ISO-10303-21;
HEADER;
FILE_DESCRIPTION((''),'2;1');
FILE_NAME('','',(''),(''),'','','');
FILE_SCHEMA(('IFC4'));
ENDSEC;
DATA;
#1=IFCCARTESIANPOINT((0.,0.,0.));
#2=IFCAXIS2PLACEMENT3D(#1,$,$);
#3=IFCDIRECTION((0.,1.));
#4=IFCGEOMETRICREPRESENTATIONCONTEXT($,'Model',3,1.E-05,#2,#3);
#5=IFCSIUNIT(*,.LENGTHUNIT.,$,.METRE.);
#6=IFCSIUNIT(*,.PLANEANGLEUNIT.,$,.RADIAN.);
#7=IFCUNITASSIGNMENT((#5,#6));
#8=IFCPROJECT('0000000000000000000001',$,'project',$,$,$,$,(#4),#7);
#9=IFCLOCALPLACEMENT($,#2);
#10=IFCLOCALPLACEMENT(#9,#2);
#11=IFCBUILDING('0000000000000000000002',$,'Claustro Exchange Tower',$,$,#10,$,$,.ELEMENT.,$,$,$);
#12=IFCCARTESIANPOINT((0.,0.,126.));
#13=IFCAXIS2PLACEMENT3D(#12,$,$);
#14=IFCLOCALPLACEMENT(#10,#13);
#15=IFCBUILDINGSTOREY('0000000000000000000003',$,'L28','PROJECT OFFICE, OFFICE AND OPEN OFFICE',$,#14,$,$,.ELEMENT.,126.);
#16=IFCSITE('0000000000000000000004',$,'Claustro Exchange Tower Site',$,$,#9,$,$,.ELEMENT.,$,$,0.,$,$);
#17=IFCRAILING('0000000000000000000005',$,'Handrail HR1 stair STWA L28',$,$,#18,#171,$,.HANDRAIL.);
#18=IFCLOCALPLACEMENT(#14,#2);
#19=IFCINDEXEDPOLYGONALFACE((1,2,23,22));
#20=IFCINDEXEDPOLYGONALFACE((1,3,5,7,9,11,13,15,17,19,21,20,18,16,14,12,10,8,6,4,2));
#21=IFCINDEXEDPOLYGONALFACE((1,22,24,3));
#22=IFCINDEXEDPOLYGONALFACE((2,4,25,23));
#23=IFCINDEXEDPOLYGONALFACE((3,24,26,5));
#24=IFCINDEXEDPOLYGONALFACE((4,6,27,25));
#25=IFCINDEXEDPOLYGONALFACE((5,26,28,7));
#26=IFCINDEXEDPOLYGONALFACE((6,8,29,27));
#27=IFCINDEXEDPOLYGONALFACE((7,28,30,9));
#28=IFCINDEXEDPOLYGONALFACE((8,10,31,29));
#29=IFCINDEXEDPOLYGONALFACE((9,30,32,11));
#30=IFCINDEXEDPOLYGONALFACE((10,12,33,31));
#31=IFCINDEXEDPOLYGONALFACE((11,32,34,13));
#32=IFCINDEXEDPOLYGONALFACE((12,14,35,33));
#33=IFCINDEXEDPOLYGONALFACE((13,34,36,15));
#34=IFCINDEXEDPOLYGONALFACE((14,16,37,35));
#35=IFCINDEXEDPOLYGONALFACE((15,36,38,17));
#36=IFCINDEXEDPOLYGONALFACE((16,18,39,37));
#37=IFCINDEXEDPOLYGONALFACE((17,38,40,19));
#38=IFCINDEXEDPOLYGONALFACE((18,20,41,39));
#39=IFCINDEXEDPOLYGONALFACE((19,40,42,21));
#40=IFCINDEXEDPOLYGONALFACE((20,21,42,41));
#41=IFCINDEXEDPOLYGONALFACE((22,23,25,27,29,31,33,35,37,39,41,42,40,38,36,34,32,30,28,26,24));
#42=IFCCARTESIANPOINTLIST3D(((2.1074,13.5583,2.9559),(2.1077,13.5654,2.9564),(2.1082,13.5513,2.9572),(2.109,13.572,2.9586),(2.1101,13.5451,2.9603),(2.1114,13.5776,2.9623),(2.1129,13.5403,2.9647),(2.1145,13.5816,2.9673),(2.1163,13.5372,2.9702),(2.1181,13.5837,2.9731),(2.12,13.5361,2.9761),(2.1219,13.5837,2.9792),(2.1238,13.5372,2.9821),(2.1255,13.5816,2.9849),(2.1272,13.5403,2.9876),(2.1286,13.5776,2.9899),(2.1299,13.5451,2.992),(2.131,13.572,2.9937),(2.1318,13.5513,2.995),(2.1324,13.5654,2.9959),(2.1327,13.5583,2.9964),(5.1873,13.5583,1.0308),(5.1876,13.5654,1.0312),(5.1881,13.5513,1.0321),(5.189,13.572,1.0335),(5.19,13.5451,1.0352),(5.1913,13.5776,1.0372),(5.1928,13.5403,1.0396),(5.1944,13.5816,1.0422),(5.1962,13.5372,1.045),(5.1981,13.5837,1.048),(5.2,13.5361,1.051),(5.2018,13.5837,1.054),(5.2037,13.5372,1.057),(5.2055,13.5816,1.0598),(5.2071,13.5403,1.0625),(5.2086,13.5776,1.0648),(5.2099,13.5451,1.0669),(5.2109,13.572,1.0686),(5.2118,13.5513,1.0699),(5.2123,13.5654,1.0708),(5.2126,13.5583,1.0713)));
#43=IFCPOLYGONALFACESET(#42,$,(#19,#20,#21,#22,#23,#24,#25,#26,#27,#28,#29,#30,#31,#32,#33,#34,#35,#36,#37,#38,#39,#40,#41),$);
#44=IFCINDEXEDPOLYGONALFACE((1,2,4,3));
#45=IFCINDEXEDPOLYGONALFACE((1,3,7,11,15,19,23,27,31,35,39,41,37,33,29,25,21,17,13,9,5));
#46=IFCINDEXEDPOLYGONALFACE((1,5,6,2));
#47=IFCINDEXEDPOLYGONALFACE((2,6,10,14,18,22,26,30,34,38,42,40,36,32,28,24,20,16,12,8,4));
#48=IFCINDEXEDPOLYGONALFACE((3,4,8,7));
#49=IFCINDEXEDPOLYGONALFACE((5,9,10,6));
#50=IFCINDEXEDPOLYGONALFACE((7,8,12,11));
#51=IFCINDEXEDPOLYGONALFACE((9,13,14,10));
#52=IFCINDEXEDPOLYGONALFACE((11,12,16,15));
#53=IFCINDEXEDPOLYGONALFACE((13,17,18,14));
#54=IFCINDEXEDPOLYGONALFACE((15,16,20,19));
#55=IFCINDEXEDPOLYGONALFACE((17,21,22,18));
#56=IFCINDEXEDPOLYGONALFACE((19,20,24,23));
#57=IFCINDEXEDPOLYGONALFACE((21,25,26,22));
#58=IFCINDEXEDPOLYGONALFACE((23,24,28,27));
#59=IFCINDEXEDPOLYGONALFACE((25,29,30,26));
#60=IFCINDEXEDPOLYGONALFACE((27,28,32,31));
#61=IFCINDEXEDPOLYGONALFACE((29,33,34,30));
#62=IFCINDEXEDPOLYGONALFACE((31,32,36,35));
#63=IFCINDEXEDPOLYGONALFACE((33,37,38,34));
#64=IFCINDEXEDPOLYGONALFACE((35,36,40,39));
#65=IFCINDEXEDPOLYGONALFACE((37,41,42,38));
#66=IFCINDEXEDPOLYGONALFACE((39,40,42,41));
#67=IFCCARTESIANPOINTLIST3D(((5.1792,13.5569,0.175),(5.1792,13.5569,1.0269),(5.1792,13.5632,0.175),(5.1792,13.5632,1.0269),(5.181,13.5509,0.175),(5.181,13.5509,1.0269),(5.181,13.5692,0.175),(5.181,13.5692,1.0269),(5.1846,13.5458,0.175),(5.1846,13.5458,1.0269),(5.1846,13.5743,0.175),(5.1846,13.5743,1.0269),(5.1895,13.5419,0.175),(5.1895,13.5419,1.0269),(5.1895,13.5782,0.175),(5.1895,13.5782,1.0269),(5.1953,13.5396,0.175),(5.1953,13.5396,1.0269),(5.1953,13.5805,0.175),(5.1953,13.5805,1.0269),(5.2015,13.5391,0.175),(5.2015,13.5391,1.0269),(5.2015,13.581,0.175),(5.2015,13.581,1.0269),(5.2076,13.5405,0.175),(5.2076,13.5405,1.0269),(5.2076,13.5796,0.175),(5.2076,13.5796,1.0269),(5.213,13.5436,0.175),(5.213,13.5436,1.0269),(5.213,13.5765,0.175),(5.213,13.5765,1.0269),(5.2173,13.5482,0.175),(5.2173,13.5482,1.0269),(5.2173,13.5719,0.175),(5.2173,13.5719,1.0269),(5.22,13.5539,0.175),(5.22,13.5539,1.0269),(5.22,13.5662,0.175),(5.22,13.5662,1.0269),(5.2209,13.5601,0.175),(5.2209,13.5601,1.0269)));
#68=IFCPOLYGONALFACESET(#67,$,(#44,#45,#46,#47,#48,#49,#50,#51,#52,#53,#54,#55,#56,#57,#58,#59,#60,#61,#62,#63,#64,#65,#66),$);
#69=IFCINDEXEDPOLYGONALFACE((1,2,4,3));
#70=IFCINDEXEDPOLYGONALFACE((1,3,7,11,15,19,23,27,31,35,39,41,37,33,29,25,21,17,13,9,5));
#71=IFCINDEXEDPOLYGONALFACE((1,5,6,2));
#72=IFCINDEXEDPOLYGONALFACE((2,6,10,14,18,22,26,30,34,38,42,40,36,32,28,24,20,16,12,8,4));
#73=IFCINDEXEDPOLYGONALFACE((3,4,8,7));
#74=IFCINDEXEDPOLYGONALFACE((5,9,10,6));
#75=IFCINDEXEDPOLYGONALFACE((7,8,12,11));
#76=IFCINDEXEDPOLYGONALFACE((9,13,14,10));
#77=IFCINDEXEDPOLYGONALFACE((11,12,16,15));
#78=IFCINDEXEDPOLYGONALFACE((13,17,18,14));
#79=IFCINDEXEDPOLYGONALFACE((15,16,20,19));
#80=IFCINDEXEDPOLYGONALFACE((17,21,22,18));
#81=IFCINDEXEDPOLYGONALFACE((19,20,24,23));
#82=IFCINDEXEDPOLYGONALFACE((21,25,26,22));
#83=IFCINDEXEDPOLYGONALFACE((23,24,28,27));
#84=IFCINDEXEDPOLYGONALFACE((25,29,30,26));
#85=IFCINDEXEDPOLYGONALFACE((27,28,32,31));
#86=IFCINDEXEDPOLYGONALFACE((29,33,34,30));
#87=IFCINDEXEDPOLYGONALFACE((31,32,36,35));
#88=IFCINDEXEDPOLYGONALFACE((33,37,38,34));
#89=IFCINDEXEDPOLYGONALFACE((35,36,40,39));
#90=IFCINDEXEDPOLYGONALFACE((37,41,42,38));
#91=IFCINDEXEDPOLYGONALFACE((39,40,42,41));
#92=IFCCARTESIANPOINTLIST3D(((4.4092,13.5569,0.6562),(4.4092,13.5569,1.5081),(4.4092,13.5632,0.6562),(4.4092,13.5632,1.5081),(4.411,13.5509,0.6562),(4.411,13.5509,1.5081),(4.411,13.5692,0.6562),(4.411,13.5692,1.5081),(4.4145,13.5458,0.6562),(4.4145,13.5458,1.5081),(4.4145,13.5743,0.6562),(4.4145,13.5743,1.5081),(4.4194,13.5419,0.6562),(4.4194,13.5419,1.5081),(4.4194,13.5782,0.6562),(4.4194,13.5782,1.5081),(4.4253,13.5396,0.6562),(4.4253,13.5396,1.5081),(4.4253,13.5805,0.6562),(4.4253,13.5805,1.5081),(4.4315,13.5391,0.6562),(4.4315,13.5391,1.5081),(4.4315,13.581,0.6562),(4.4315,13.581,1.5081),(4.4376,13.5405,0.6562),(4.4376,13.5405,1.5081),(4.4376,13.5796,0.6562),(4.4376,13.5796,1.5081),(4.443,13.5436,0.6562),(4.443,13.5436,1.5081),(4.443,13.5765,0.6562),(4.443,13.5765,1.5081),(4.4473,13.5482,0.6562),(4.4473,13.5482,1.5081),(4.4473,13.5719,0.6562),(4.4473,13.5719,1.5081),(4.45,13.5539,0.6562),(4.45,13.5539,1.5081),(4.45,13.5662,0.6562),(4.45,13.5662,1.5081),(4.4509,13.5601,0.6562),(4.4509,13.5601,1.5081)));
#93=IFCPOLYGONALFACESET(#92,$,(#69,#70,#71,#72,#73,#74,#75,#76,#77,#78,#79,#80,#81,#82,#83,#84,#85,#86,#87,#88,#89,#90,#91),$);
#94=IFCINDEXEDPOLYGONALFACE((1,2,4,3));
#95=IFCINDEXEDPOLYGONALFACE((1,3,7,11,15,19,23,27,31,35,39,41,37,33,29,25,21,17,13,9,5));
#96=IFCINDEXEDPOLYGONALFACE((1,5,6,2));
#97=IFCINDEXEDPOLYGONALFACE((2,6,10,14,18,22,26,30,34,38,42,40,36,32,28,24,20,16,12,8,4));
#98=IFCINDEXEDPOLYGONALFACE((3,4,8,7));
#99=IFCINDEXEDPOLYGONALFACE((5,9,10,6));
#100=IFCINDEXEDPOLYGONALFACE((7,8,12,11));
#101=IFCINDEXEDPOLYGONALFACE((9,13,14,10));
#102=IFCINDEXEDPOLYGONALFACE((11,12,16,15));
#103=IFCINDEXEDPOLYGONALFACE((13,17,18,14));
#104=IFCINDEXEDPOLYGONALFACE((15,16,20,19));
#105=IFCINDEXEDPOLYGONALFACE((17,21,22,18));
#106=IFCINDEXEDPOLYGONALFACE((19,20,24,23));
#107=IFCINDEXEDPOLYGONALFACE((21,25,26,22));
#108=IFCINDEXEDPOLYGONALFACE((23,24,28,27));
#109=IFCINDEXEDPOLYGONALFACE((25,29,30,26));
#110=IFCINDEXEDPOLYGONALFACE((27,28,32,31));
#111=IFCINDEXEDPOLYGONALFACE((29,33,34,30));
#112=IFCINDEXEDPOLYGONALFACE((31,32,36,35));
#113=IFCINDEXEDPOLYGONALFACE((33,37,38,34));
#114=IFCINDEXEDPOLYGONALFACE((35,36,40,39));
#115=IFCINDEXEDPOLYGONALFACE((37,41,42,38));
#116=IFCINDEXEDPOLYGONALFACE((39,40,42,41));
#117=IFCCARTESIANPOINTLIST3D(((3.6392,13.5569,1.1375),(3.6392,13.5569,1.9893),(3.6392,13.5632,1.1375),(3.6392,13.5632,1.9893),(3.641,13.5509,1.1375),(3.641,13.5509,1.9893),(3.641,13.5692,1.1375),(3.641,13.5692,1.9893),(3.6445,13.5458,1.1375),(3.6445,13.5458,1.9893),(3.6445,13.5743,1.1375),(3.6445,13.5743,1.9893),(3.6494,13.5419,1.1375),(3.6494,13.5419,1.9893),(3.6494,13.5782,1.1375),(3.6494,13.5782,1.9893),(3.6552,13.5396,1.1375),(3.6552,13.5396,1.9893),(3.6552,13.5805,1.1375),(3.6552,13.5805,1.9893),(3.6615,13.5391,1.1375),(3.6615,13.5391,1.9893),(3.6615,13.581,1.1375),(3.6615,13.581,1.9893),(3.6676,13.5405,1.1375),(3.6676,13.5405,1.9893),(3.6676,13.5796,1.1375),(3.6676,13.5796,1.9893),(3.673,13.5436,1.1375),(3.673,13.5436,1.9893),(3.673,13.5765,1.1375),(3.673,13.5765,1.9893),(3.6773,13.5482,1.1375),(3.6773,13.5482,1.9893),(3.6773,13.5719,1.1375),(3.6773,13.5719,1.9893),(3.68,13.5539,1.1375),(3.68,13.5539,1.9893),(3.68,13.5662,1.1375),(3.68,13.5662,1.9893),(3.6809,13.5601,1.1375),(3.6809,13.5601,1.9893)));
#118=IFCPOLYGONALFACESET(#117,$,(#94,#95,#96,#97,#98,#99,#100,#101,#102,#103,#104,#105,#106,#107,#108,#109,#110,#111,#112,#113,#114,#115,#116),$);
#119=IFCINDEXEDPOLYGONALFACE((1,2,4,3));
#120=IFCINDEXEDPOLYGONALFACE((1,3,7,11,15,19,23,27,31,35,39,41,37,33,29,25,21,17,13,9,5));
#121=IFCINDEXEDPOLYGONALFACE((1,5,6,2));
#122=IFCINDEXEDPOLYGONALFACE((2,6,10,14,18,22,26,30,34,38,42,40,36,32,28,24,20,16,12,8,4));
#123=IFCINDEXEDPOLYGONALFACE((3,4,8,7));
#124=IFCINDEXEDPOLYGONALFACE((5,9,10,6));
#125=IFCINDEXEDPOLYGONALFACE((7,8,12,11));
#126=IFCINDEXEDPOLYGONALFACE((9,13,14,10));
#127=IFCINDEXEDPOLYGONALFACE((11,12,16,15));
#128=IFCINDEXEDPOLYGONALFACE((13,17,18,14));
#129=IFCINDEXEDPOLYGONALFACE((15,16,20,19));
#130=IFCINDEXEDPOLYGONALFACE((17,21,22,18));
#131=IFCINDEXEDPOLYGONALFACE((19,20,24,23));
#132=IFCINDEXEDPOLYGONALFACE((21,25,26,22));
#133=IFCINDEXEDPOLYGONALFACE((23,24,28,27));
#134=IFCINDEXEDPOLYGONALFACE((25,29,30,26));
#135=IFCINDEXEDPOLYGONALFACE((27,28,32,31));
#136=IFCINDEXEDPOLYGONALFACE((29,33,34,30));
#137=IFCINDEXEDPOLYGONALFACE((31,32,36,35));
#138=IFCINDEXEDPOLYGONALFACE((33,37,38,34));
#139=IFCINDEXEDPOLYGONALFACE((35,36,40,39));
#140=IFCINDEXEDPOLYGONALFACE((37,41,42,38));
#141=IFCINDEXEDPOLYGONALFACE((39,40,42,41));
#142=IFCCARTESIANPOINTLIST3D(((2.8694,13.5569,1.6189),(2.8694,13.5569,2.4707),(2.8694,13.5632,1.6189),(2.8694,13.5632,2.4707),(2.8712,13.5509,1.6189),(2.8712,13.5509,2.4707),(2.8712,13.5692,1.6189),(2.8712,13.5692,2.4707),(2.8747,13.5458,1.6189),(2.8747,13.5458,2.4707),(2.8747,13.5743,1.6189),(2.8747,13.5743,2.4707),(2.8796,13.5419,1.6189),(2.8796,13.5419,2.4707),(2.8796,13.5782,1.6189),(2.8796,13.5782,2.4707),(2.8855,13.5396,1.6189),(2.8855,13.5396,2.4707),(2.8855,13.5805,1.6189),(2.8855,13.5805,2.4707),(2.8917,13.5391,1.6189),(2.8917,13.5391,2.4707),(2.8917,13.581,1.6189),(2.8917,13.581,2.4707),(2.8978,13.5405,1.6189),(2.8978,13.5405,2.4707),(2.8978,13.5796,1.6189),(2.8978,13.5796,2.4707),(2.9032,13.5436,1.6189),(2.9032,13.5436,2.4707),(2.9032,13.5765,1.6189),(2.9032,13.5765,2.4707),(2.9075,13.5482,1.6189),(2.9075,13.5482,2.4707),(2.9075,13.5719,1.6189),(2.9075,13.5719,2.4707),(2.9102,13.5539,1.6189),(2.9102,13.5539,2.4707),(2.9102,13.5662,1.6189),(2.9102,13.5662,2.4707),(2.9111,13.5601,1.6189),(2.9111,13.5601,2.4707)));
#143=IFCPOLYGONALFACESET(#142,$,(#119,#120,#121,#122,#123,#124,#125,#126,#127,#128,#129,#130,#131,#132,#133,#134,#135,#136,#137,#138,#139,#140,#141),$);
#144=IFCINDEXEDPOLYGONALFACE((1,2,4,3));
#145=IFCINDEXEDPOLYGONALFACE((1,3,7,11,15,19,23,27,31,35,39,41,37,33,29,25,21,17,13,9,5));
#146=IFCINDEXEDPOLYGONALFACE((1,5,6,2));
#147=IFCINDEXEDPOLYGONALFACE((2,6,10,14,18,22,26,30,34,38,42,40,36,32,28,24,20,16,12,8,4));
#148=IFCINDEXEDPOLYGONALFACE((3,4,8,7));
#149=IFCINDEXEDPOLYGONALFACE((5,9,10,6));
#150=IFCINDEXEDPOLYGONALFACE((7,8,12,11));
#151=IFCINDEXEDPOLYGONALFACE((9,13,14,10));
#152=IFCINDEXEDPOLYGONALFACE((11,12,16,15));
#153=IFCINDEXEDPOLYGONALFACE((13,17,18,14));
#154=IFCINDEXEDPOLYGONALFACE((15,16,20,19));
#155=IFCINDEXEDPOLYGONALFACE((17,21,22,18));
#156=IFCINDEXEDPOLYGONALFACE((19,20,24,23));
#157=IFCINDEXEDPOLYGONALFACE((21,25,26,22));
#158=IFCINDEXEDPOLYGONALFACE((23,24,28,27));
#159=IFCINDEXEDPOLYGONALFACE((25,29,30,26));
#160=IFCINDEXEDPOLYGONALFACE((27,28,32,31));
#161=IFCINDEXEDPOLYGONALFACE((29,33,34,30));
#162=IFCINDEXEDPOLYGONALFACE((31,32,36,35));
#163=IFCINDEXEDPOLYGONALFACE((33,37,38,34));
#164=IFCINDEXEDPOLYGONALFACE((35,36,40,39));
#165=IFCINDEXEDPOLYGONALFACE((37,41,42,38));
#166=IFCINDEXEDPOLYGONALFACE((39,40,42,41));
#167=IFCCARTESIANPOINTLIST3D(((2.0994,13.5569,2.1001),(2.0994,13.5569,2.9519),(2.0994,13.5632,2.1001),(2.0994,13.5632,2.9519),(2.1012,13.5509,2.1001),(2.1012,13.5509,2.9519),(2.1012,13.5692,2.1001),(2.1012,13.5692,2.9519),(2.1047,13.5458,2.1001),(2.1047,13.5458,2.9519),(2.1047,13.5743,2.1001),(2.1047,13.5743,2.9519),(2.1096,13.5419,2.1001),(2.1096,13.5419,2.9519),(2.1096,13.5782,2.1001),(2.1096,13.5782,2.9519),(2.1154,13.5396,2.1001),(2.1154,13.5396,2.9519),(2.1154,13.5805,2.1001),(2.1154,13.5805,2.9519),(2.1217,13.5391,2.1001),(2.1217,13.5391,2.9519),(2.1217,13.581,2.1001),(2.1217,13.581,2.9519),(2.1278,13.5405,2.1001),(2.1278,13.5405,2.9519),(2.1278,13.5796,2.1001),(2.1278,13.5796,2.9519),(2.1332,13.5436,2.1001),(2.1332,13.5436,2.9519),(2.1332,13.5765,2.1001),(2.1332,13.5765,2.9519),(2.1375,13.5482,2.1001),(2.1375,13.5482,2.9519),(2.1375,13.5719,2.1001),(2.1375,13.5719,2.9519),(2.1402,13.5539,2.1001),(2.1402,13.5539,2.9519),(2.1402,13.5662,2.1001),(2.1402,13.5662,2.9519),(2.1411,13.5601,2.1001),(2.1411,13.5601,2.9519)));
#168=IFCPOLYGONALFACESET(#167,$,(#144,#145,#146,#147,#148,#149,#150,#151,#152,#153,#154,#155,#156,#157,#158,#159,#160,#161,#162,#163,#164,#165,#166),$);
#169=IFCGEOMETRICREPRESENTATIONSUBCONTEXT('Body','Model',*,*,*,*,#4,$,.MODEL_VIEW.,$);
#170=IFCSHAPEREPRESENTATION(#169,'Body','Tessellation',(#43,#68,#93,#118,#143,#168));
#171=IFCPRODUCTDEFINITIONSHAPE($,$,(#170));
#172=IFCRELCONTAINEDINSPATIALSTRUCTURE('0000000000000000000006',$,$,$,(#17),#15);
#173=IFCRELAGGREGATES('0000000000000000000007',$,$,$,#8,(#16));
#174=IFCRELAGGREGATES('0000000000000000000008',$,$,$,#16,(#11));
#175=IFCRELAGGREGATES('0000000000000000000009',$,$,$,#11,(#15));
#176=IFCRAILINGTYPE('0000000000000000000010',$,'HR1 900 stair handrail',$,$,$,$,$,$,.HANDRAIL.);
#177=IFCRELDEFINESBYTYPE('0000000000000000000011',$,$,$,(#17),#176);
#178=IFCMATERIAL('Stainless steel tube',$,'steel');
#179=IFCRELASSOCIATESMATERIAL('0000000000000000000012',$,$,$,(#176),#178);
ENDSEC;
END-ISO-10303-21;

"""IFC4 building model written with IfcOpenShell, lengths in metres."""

from ifc_helpers import new_model, si_unit, direction, frame, origin, origin_2d, place, context, subcontext, project, spatial, circle, extrude, material, type_object, element, save


model = new_model("IFC4")

# Units and contexts
model_context = context("Model", 3, precision=1e-05, world=origin(), true_north=direction((0.0, 1.0)))
body_context = subcontext(model_context, "Body", "Model", "MODEL_VIEW")
ifc_project = project(units=[si_unit("LENGTHUNIT", "METRE"), si_unit("PLANEANGLEUNIT", "RADIAN")], contexts=[model_context])

# Site, building, storey
site_placement = place(None, origin())
site = spatial("IfcSite", under=ifc_project, at=site_placement, Name="Claustro Exchange Tower Site", CompositionType="ELEMENT", RefElevation=0.0)
building_placement = place(site_placement, origin())
building = spatial("IfcBuilding", under=site, at=building_placement, Name="Claustro Exchange Tower", CompositionType="ELEMENT")
storey_placement = place(building_placement, frame((0.0, 0.0, 126.0)))
storey = spatial("IfcBuildingStorey", under=building, at=storey_placement, Name="L28", Description="PROJECT OFFICE, OFFICE AND OPEN OFFICE", CompositionType="ELEMENT", Elevation=126.0)

# Railing
ifc_material_1 = material(Name="Stainless steel tube", Category="steel")
railing_type_1 = type_object("IfcRailingType", Name="HR1 900 stair handrail", PredefinedType="HANDRAIL", material=ifc_material_1)
railing_1_placement = place(storey_placement, frame((5.2, 13.5601, 0.175)))
element("IfcRailing", 1, at=railing_1_placement, inside=storey, type_object=railing_type_1, Name="Handrail HR1 stair STWA L28", PredefinedType="HANDRAIL", context=body_context, shape_type="SweptSolid", body=[
    extrude(circle(Radius=0.0239, at=origin_2d()), frame((0.0, 0.0, 0.876), z_axis=(-0.847979, 0.0, 0.530029), x_axis=(0.0, -1.0, 0.0)), (0.0, 0.0, 1.0), 3.6321),
    extrude(circle(Radius=0.021, at=origin_2d()), origin(), (0.0, 0.0, 1.0), 0.8518),
    extrude(circle(Radius=0.021, at=origin_2d()), frame((-0.77, 0.0, 0.4812)), (0.0, 0.0, 1.0), 0.8518),
    extrude(circle(Radius=0.021, at=origin_2d()), frame((-1.54, 0.0, 0.9624)), (0.0, 0.0, 1.0), 0.8518),
    extrude(circle(Radius=0.021, at=origin_2d()), frame((-2.3098, 0.0, 1.4438)), (0.0, 0.0, 1.0), 0.8518),
    extrude(circle(Radius=0.021, at=origin_2d()), frame((-3.0798, 0.0, 1.925)), (0.0, 0.0, 1.0), 0.8518),
])

save(model, "model.ifc")
